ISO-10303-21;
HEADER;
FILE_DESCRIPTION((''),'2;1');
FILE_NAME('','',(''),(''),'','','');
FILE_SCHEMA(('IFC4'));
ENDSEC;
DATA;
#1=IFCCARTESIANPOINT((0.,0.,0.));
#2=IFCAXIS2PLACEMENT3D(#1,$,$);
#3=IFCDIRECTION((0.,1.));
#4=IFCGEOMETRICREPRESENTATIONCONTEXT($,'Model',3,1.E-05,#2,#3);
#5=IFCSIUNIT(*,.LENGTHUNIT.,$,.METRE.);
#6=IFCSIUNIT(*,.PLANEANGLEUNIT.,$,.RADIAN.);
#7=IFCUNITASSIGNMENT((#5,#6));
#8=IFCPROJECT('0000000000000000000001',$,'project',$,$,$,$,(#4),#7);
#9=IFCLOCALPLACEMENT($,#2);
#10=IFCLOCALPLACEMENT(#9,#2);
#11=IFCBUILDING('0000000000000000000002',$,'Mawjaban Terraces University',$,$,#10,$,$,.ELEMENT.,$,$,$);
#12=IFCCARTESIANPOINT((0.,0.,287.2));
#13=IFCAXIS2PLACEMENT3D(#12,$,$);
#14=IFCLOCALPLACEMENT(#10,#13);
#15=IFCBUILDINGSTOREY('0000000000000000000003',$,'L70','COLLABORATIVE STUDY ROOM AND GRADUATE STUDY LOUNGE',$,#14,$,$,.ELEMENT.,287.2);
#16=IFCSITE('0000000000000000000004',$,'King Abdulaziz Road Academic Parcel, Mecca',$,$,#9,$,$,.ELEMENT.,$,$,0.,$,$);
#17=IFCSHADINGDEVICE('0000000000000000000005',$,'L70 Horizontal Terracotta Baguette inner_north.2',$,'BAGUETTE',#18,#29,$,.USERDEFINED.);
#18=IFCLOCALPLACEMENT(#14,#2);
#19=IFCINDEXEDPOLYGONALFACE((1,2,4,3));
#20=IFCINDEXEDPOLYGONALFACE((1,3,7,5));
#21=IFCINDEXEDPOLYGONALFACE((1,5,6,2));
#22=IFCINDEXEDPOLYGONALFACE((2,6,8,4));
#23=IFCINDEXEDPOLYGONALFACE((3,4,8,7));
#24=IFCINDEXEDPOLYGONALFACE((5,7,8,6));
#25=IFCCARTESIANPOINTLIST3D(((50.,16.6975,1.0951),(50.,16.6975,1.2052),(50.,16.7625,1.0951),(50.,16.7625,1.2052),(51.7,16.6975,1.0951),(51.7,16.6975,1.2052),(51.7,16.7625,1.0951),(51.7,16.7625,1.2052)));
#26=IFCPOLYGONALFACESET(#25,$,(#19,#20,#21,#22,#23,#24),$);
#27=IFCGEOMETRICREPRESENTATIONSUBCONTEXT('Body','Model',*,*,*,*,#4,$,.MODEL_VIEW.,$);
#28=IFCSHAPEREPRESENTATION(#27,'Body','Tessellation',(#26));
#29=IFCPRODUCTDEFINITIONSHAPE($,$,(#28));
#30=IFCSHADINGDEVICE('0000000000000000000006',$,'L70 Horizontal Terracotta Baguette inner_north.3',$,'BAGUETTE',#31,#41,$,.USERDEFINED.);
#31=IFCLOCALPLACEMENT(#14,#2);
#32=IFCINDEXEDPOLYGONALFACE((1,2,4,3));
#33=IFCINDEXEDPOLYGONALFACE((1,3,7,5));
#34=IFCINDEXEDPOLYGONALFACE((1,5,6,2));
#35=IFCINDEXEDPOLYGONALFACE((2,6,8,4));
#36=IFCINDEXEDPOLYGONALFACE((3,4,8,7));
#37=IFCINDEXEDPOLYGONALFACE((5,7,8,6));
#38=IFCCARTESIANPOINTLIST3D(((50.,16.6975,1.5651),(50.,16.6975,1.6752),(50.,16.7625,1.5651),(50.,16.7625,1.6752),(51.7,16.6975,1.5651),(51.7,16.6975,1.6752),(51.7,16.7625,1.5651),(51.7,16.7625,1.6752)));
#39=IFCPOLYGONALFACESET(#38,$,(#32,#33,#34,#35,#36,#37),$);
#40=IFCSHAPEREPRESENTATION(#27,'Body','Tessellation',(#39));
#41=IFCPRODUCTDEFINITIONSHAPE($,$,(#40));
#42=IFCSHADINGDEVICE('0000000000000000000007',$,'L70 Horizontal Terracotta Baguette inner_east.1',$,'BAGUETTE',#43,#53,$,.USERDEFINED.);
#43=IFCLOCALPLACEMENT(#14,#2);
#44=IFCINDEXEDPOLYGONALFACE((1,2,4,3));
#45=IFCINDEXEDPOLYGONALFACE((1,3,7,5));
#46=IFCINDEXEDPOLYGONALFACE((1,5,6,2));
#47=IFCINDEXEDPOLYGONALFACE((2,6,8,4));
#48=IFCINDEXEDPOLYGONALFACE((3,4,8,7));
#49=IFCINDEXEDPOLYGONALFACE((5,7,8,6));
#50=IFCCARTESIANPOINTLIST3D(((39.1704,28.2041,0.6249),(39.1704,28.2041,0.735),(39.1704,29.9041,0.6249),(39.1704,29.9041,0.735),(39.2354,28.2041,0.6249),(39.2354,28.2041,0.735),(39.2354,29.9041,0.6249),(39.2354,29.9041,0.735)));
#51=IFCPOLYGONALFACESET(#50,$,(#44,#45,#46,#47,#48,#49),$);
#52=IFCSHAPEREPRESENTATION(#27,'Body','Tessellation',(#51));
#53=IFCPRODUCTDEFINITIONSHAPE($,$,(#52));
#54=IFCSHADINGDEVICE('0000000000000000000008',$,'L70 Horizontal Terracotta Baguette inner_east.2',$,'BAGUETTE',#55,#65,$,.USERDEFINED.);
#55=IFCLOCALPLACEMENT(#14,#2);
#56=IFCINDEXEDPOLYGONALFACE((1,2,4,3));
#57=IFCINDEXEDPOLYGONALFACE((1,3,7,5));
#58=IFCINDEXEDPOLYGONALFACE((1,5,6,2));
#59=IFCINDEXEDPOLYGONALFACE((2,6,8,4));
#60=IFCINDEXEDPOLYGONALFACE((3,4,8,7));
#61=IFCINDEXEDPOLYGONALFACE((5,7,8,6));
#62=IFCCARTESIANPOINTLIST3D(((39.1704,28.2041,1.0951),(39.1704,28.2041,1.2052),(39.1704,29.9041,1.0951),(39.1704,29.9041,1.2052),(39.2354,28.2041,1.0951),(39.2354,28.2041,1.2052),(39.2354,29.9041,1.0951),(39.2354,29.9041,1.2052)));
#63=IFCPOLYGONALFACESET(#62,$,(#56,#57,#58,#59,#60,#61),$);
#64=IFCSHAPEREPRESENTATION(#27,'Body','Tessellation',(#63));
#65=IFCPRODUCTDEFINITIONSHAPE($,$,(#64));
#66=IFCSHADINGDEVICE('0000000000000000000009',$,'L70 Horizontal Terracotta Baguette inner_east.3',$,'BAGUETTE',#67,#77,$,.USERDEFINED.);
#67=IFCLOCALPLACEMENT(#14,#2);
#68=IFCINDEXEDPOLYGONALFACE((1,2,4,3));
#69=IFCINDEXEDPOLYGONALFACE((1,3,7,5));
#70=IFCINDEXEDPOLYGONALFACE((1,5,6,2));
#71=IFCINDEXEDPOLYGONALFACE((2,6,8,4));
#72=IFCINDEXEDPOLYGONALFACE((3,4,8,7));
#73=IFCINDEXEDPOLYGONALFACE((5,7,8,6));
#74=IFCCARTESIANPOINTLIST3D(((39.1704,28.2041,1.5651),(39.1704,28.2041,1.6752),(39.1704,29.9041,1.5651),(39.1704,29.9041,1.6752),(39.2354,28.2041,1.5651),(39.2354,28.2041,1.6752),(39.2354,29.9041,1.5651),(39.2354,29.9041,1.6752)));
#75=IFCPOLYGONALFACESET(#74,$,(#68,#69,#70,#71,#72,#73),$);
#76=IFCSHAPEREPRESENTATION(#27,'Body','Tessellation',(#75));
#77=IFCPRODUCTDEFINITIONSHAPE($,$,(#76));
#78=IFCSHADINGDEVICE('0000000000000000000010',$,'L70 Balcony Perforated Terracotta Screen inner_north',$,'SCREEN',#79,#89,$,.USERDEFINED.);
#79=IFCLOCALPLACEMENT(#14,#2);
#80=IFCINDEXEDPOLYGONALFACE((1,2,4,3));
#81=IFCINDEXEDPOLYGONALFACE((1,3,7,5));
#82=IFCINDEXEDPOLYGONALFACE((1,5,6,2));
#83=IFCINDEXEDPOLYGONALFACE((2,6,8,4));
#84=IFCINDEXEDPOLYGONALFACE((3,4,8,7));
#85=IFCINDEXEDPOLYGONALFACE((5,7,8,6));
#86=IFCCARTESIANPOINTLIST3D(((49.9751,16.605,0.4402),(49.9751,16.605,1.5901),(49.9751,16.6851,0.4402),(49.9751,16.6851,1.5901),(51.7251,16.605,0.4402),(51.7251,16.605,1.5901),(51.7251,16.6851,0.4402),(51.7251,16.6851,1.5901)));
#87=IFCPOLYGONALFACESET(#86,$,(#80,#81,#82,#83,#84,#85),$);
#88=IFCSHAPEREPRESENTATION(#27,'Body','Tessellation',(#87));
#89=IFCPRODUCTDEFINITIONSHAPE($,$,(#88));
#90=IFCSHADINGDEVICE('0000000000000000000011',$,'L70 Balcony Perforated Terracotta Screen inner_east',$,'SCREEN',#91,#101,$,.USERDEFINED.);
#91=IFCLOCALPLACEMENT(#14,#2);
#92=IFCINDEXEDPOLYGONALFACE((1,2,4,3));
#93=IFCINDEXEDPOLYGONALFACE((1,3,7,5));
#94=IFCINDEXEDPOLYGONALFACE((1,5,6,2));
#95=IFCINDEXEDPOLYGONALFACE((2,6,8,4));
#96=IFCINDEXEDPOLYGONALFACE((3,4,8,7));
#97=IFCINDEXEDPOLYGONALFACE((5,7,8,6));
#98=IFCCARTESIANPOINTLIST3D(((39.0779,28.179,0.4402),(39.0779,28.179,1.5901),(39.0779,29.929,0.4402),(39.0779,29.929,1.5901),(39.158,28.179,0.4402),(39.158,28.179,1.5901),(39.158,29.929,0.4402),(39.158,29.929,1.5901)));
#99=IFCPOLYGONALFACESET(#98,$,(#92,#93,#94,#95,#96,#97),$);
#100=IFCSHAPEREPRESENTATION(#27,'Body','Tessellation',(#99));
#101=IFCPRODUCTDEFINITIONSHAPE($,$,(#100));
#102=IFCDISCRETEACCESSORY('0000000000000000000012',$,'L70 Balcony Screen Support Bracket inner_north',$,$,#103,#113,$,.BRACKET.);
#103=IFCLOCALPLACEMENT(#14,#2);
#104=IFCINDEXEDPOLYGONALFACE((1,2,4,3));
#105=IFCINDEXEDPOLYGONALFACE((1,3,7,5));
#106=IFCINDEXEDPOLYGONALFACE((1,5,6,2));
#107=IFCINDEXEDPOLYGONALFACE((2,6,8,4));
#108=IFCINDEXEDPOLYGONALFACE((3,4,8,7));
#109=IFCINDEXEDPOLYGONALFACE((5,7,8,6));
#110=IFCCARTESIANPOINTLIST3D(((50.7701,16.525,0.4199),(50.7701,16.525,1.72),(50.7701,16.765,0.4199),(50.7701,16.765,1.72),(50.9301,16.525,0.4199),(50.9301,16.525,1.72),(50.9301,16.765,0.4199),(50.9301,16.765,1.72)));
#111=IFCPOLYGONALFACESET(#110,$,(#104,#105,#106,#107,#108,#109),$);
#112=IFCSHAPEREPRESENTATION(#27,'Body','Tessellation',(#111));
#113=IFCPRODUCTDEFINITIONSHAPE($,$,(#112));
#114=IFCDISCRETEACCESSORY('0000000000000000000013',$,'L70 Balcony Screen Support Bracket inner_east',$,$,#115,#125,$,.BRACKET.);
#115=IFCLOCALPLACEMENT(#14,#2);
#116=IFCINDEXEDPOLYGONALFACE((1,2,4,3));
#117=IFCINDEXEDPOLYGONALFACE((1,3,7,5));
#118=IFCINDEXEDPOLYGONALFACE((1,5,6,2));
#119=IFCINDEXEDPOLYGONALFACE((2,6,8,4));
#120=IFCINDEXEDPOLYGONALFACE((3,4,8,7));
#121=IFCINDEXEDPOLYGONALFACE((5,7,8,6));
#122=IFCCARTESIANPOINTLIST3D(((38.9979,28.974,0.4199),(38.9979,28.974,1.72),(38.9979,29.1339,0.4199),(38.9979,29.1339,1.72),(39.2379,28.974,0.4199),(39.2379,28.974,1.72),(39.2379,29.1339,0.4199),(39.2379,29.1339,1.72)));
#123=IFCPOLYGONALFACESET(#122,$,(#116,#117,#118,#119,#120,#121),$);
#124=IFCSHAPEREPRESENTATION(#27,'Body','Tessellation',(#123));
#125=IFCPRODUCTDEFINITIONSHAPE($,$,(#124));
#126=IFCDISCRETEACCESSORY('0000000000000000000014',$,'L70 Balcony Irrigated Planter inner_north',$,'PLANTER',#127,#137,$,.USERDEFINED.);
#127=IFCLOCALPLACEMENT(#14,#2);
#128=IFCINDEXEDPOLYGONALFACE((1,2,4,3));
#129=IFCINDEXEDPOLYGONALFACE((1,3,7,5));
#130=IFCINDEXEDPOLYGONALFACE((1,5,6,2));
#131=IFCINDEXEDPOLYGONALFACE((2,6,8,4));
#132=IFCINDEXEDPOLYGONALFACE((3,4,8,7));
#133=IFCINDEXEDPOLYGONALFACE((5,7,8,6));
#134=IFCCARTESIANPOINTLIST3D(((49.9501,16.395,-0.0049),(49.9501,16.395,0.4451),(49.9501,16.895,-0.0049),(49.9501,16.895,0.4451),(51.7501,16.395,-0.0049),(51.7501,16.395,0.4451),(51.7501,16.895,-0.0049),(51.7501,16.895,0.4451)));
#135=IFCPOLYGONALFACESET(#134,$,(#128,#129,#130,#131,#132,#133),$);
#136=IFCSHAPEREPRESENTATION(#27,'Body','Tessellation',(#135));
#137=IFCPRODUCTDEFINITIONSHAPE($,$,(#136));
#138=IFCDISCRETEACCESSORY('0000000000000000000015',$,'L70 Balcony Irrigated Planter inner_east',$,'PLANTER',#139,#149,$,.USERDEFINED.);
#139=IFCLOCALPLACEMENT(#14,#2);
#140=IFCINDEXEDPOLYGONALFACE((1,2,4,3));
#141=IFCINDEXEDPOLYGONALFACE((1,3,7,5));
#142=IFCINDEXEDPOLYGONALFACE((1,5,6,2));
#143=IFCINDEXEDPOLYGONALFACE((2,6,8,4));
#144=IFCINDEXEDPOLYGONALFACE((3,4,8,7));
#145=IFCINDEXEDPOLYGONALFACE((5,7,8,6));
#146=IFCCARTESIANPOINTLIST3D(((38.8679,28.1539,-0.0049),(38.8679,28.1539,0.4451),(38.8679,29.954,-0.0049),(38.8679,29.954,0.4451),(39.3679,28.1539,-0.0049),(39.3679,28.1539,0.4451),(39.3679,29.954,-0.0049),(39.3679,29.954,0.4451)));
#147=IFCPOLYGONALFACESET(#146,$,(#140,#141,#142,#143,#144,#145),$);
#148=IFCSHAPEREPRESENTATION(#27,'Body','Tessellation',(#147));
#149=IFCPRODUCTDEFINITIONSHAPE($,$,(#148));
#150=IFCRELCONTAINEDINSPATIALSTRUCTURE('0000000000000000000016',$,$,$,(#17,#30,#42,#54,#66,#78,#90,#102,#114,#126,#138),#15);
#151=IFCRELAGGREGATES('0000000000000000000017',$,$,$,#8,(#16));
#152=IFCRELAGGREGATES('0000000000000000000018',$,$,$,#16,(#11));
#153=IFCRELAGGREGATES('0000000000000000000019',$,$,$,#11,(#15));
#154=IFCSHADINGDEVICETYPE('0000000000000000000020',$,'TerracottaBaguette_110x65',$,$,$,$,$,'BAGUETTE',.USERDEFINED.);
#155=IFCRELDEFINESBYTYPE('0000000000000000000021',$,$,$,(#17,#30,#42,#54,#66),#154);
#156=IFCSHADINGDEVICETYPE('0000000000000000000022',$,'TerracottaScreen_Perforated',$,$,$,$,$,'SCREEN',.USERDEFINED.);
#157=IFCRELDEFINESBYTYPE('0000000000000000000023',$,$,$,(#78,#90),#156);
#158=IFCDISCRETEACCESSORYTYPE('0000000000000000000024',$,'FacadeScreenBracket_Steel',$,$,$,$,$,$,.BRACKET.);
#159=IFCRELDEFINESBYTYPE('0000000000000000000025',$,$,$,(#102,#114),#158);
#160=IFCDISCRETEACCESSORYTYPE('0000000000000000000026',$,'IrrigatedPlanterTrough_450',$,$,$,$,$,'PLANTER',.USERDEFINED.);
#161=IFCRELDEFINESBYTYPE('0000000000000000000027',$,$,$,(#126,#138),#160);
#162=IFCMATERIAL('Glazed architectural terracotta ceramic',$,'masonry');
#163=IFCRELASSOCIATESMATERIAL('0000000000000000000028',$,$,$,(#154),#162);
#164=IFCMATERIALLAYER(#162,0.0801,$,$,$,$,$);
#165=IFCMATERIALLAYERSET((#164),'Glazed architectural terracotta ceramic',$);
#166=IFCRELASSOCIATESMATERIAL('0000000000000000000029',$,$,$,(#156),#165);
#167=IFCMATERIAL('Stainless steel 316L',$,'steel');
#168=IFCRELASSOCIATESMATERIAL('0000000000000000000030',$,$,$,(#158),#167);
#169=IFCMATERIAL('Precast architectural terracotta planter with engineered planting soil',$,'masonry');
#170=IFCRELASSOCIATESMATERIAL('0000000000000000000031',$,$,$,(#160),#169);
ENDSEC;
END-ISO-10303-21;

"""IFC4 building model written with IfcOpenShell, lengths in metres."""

from ifc_helpers import new_model, si_unit, direction, frame, origin, origin_2d, place, context, subcontext, project, spatial, rectangle, extrude, material, layer, layer_set, material_profile, profile_set, type_object, element, save


model = new_model("IFC4")

# Units and contexts
model_context = context("Model", 3, precision=1e-05, world=origin(), true_north=direction((0.0, 1.0)))
body_context = subcontext(model_context, "Body", "Model", "MODEL_VIEW")
ifc_project = project(units=[si_unit("LENGTHUNIT", "METRE"), si_unit("PLANEANGLEUNIT", "RADIAN")], contexts=[model_context])

# Site, building, storey
site_placement = place(None, origin())
site = spatial("IfcSite", under=ifc_project, at=site_placement, Name="King Abdulaziz Road Academic Parcel, Mecca", CompositionType="ELEMENT", RefElevation=0.0)
building_placement = place(site_placement, origin())
building = spatial("IfcBuilding", under=site, at=building_placement, Name="Mawjaban Terraces University", CompositionType="ELEMENT")
storey_placement = place(building_placement, frame((0.0, 0.0, 287.2)))
storey = spatial("IfcBuildingStorey", under=building, at=storey_placement, Name="L70", Description="COLLABORATIVE STUDY ROOM AND GRADUATE STUDY LOUNGE", CompositionType="ELEMENT", Elevation=287.2)

# Shading devices
ifc_material_1 = material(Name="Glazed architectural terracotta ceramic", Category="masonry")
ifc_material_profile_1 = material_profile(ifc_material_1, rectangle(XDim=0.0649, YDim=0.1101, at=origin_2d()), Name="TBAG110X65")
ifc_profile_set_1 = profile_set([ifc_material_profile_1], Name="Glazed architectural terracotta ceramic")
shading_device_type_1 = type_object("IfcShadingDeviceType", Name="TerracottaBaguette_110x65", ElementType="BAGUETTE", PredefinedType="USERDEFINED", material=ifc_profile_set_1)
for number, where, z_axis, x_axis, name in (
    (1, (50.0, 16.73, 1.1501), (1.0, 0.0, 0.0), (0.0, 1.0, 0.0), "L70 Horizontal Terracotta Baguette inner_north.2"),
    (2, (50.0, 16.73, 1.6201), (1.0, 0.0, 0.0), (0.0, 1.0, 0.0), "L70 Horizontal Terracotta Baguette inner_north.3"),
    (3, (39.2029, 28.2041, 0.6799), (0.0, 1.0, 0.0), (-1.0, 0.0, 0.0), "L70 Horizontal Terracotta Baguette inner_east.1"),
    (4, (39.2029, 28.2041, 1.1501), (0.0, 1.0, 0.0), (-1.0, 0.0, 0.0), "L70 Horizontal Terracotta Baguette inner_east.2"),
    (5, (39.2029, 28.2041, 1.6201), (0.0, 1.0, 0.0), (-1.0, 0.0, 0.0), "L70 Horizontal Terracotta Baguette inner_east.3"),
):
    element("IfcShadingDevice", number, at=place(storey_placement, frame(where, z_axis=z_axis, x_axis=x_axis)), inside=storey, type_object=shading_device_type_1, Name=name, ObjectType="BAGUETTE", PredefinedType="USERDEFINED", context=body_context, shape_type="SweptSolid", body=[
        extrude(rectangle(XDim=0.0649, YDim=0.1101, at=origin_2d()), origin(), (0.0, 0.0, 1.0), 1.7),
    ])
ifc_layer_1 = layer(ifc_material_1, 0.0801)
ifc_layer_set_1 = layer_set([ifc_layer_1], Name="Glazed architectural terracotta ceramic")
shading_device_type_2 = type_object("IfcShadingDeviceType", Name="TerracottaScreen_Perforated", ElementType="SCREEN", PredefinedType="USERDEFINED", material=ifc_layer_set_1)
for number, where, z_axis, x_axis, name in (
    (6, (50.8501, 16.645, 0.4402), (0.0, 0.0, 1.0), (1.0, 0.0, 0.0), "L70 Balcony Perforated Terracotta Screen inner_north"),
    (7, (39.1179, 29.054, 0.4402), (0.0, 0.0, 1.0), (0.0, 1.0, 0.0), "L70 Balcony Perforated Terracotta Screen inner_east"),
):
    element("IfcShadingDevice", number, at=place(storey_placement, frame(where, z_axis=z_axis, x_axis=x_axis)), inside=storey, type_object=shading_device_type_2, Name=name, ObjectType="SCREEN", PredefinedType="USERDEFINED", context=body_context, shape_type="SweptSolid", body=[
        extrude(rectangle(XDim=1.75, YDim=0.0801, at=origin_2d()), origin(), (0.0, 0.0, 1.0), 1.1499),
    ])

# Discrete accessories
ifc_material_2 = material(Name="Stainless steel 316L", Category="steel")
discrete_accessory_type_1 = type_object("IfcDiscreteAccessoryType", Name="FacadeScreenBracket_Steel", PredefinedType="BRACKET", material=ifc_material_2)
for number, where, z_axis, x_axis, name in (
    (8, (50.8501, 16.645, 0.4199), (0.0, 0.0, 1.0), (1.0, 0.0, 0.0), "L70 Balcony Screen Support Bracket inner_north"),
    (9, (39.1179, 29.054, 0.4199), (0.0, 0.0, 1.0), (0.0, 1.0, 0.0), "L70 Balcony Screen Support Bracket inner_east"),
):
    element("IfcDiscreteAccessory", number, at=place(storey_placement, frame(where, z_axis=z_axis, x_axis=x_axis)), inside=storey, type_object=discrete_accessory_type_1, Name=name, PredefinedType="BRACKET", context=body_context, shape_type="SweptSolid", body=[
        extrude(rectangle(XDim=0.1599, YDim=0.24, at=origin_2d()), origin(), (0.0, 0.0, 1.0), 1.3),
    ])
ifc_material_3 = material(Name="Precast architectural terracotta planter with engineered planting soil", Category="masonry")
discrete_accessory_type_2 = type_object("IfcDiscreteAccessoryType", Name="IrrigatedPlanterTrough_450", ElementType="PLANTER", PredefinedType="USERDEFINED", material=ifc_material_3)
for number, where, z_axis, x_axis, name in (
    (10, (50.8501, 16.645, -0.0049), (0.0, 0.0, 1.0), (1.0, 0.0, 0.0), "L70 Balcony Irrigated Planter inner_north"),
    (11, (39.1179, 29.054, -0.0049), (0.0, 0.0, 1.0), (0.0, 1.0, 0.0), "L70 Balcony Irrigated Planter inner_east"),
):
    element("IfcDiscreteAccessory", number, at=place(storey_placement, frame(where, z_axis=z_axis, x_axis=x_axis)), inside=storey, type_object=discrete_accessory_type_2, Name=name, ObjectType="PLANTER", PredefinedType="USERDEFINED", context=body_context, shape_type="SweptSolid", body=[
        extrude(rectangle(XDim=1.8, YDim=0.5, at=origin_2d()), origin(), (0.0, 0.0, 1.0), 0.45),
    ])

save(model, "model.ifc")
